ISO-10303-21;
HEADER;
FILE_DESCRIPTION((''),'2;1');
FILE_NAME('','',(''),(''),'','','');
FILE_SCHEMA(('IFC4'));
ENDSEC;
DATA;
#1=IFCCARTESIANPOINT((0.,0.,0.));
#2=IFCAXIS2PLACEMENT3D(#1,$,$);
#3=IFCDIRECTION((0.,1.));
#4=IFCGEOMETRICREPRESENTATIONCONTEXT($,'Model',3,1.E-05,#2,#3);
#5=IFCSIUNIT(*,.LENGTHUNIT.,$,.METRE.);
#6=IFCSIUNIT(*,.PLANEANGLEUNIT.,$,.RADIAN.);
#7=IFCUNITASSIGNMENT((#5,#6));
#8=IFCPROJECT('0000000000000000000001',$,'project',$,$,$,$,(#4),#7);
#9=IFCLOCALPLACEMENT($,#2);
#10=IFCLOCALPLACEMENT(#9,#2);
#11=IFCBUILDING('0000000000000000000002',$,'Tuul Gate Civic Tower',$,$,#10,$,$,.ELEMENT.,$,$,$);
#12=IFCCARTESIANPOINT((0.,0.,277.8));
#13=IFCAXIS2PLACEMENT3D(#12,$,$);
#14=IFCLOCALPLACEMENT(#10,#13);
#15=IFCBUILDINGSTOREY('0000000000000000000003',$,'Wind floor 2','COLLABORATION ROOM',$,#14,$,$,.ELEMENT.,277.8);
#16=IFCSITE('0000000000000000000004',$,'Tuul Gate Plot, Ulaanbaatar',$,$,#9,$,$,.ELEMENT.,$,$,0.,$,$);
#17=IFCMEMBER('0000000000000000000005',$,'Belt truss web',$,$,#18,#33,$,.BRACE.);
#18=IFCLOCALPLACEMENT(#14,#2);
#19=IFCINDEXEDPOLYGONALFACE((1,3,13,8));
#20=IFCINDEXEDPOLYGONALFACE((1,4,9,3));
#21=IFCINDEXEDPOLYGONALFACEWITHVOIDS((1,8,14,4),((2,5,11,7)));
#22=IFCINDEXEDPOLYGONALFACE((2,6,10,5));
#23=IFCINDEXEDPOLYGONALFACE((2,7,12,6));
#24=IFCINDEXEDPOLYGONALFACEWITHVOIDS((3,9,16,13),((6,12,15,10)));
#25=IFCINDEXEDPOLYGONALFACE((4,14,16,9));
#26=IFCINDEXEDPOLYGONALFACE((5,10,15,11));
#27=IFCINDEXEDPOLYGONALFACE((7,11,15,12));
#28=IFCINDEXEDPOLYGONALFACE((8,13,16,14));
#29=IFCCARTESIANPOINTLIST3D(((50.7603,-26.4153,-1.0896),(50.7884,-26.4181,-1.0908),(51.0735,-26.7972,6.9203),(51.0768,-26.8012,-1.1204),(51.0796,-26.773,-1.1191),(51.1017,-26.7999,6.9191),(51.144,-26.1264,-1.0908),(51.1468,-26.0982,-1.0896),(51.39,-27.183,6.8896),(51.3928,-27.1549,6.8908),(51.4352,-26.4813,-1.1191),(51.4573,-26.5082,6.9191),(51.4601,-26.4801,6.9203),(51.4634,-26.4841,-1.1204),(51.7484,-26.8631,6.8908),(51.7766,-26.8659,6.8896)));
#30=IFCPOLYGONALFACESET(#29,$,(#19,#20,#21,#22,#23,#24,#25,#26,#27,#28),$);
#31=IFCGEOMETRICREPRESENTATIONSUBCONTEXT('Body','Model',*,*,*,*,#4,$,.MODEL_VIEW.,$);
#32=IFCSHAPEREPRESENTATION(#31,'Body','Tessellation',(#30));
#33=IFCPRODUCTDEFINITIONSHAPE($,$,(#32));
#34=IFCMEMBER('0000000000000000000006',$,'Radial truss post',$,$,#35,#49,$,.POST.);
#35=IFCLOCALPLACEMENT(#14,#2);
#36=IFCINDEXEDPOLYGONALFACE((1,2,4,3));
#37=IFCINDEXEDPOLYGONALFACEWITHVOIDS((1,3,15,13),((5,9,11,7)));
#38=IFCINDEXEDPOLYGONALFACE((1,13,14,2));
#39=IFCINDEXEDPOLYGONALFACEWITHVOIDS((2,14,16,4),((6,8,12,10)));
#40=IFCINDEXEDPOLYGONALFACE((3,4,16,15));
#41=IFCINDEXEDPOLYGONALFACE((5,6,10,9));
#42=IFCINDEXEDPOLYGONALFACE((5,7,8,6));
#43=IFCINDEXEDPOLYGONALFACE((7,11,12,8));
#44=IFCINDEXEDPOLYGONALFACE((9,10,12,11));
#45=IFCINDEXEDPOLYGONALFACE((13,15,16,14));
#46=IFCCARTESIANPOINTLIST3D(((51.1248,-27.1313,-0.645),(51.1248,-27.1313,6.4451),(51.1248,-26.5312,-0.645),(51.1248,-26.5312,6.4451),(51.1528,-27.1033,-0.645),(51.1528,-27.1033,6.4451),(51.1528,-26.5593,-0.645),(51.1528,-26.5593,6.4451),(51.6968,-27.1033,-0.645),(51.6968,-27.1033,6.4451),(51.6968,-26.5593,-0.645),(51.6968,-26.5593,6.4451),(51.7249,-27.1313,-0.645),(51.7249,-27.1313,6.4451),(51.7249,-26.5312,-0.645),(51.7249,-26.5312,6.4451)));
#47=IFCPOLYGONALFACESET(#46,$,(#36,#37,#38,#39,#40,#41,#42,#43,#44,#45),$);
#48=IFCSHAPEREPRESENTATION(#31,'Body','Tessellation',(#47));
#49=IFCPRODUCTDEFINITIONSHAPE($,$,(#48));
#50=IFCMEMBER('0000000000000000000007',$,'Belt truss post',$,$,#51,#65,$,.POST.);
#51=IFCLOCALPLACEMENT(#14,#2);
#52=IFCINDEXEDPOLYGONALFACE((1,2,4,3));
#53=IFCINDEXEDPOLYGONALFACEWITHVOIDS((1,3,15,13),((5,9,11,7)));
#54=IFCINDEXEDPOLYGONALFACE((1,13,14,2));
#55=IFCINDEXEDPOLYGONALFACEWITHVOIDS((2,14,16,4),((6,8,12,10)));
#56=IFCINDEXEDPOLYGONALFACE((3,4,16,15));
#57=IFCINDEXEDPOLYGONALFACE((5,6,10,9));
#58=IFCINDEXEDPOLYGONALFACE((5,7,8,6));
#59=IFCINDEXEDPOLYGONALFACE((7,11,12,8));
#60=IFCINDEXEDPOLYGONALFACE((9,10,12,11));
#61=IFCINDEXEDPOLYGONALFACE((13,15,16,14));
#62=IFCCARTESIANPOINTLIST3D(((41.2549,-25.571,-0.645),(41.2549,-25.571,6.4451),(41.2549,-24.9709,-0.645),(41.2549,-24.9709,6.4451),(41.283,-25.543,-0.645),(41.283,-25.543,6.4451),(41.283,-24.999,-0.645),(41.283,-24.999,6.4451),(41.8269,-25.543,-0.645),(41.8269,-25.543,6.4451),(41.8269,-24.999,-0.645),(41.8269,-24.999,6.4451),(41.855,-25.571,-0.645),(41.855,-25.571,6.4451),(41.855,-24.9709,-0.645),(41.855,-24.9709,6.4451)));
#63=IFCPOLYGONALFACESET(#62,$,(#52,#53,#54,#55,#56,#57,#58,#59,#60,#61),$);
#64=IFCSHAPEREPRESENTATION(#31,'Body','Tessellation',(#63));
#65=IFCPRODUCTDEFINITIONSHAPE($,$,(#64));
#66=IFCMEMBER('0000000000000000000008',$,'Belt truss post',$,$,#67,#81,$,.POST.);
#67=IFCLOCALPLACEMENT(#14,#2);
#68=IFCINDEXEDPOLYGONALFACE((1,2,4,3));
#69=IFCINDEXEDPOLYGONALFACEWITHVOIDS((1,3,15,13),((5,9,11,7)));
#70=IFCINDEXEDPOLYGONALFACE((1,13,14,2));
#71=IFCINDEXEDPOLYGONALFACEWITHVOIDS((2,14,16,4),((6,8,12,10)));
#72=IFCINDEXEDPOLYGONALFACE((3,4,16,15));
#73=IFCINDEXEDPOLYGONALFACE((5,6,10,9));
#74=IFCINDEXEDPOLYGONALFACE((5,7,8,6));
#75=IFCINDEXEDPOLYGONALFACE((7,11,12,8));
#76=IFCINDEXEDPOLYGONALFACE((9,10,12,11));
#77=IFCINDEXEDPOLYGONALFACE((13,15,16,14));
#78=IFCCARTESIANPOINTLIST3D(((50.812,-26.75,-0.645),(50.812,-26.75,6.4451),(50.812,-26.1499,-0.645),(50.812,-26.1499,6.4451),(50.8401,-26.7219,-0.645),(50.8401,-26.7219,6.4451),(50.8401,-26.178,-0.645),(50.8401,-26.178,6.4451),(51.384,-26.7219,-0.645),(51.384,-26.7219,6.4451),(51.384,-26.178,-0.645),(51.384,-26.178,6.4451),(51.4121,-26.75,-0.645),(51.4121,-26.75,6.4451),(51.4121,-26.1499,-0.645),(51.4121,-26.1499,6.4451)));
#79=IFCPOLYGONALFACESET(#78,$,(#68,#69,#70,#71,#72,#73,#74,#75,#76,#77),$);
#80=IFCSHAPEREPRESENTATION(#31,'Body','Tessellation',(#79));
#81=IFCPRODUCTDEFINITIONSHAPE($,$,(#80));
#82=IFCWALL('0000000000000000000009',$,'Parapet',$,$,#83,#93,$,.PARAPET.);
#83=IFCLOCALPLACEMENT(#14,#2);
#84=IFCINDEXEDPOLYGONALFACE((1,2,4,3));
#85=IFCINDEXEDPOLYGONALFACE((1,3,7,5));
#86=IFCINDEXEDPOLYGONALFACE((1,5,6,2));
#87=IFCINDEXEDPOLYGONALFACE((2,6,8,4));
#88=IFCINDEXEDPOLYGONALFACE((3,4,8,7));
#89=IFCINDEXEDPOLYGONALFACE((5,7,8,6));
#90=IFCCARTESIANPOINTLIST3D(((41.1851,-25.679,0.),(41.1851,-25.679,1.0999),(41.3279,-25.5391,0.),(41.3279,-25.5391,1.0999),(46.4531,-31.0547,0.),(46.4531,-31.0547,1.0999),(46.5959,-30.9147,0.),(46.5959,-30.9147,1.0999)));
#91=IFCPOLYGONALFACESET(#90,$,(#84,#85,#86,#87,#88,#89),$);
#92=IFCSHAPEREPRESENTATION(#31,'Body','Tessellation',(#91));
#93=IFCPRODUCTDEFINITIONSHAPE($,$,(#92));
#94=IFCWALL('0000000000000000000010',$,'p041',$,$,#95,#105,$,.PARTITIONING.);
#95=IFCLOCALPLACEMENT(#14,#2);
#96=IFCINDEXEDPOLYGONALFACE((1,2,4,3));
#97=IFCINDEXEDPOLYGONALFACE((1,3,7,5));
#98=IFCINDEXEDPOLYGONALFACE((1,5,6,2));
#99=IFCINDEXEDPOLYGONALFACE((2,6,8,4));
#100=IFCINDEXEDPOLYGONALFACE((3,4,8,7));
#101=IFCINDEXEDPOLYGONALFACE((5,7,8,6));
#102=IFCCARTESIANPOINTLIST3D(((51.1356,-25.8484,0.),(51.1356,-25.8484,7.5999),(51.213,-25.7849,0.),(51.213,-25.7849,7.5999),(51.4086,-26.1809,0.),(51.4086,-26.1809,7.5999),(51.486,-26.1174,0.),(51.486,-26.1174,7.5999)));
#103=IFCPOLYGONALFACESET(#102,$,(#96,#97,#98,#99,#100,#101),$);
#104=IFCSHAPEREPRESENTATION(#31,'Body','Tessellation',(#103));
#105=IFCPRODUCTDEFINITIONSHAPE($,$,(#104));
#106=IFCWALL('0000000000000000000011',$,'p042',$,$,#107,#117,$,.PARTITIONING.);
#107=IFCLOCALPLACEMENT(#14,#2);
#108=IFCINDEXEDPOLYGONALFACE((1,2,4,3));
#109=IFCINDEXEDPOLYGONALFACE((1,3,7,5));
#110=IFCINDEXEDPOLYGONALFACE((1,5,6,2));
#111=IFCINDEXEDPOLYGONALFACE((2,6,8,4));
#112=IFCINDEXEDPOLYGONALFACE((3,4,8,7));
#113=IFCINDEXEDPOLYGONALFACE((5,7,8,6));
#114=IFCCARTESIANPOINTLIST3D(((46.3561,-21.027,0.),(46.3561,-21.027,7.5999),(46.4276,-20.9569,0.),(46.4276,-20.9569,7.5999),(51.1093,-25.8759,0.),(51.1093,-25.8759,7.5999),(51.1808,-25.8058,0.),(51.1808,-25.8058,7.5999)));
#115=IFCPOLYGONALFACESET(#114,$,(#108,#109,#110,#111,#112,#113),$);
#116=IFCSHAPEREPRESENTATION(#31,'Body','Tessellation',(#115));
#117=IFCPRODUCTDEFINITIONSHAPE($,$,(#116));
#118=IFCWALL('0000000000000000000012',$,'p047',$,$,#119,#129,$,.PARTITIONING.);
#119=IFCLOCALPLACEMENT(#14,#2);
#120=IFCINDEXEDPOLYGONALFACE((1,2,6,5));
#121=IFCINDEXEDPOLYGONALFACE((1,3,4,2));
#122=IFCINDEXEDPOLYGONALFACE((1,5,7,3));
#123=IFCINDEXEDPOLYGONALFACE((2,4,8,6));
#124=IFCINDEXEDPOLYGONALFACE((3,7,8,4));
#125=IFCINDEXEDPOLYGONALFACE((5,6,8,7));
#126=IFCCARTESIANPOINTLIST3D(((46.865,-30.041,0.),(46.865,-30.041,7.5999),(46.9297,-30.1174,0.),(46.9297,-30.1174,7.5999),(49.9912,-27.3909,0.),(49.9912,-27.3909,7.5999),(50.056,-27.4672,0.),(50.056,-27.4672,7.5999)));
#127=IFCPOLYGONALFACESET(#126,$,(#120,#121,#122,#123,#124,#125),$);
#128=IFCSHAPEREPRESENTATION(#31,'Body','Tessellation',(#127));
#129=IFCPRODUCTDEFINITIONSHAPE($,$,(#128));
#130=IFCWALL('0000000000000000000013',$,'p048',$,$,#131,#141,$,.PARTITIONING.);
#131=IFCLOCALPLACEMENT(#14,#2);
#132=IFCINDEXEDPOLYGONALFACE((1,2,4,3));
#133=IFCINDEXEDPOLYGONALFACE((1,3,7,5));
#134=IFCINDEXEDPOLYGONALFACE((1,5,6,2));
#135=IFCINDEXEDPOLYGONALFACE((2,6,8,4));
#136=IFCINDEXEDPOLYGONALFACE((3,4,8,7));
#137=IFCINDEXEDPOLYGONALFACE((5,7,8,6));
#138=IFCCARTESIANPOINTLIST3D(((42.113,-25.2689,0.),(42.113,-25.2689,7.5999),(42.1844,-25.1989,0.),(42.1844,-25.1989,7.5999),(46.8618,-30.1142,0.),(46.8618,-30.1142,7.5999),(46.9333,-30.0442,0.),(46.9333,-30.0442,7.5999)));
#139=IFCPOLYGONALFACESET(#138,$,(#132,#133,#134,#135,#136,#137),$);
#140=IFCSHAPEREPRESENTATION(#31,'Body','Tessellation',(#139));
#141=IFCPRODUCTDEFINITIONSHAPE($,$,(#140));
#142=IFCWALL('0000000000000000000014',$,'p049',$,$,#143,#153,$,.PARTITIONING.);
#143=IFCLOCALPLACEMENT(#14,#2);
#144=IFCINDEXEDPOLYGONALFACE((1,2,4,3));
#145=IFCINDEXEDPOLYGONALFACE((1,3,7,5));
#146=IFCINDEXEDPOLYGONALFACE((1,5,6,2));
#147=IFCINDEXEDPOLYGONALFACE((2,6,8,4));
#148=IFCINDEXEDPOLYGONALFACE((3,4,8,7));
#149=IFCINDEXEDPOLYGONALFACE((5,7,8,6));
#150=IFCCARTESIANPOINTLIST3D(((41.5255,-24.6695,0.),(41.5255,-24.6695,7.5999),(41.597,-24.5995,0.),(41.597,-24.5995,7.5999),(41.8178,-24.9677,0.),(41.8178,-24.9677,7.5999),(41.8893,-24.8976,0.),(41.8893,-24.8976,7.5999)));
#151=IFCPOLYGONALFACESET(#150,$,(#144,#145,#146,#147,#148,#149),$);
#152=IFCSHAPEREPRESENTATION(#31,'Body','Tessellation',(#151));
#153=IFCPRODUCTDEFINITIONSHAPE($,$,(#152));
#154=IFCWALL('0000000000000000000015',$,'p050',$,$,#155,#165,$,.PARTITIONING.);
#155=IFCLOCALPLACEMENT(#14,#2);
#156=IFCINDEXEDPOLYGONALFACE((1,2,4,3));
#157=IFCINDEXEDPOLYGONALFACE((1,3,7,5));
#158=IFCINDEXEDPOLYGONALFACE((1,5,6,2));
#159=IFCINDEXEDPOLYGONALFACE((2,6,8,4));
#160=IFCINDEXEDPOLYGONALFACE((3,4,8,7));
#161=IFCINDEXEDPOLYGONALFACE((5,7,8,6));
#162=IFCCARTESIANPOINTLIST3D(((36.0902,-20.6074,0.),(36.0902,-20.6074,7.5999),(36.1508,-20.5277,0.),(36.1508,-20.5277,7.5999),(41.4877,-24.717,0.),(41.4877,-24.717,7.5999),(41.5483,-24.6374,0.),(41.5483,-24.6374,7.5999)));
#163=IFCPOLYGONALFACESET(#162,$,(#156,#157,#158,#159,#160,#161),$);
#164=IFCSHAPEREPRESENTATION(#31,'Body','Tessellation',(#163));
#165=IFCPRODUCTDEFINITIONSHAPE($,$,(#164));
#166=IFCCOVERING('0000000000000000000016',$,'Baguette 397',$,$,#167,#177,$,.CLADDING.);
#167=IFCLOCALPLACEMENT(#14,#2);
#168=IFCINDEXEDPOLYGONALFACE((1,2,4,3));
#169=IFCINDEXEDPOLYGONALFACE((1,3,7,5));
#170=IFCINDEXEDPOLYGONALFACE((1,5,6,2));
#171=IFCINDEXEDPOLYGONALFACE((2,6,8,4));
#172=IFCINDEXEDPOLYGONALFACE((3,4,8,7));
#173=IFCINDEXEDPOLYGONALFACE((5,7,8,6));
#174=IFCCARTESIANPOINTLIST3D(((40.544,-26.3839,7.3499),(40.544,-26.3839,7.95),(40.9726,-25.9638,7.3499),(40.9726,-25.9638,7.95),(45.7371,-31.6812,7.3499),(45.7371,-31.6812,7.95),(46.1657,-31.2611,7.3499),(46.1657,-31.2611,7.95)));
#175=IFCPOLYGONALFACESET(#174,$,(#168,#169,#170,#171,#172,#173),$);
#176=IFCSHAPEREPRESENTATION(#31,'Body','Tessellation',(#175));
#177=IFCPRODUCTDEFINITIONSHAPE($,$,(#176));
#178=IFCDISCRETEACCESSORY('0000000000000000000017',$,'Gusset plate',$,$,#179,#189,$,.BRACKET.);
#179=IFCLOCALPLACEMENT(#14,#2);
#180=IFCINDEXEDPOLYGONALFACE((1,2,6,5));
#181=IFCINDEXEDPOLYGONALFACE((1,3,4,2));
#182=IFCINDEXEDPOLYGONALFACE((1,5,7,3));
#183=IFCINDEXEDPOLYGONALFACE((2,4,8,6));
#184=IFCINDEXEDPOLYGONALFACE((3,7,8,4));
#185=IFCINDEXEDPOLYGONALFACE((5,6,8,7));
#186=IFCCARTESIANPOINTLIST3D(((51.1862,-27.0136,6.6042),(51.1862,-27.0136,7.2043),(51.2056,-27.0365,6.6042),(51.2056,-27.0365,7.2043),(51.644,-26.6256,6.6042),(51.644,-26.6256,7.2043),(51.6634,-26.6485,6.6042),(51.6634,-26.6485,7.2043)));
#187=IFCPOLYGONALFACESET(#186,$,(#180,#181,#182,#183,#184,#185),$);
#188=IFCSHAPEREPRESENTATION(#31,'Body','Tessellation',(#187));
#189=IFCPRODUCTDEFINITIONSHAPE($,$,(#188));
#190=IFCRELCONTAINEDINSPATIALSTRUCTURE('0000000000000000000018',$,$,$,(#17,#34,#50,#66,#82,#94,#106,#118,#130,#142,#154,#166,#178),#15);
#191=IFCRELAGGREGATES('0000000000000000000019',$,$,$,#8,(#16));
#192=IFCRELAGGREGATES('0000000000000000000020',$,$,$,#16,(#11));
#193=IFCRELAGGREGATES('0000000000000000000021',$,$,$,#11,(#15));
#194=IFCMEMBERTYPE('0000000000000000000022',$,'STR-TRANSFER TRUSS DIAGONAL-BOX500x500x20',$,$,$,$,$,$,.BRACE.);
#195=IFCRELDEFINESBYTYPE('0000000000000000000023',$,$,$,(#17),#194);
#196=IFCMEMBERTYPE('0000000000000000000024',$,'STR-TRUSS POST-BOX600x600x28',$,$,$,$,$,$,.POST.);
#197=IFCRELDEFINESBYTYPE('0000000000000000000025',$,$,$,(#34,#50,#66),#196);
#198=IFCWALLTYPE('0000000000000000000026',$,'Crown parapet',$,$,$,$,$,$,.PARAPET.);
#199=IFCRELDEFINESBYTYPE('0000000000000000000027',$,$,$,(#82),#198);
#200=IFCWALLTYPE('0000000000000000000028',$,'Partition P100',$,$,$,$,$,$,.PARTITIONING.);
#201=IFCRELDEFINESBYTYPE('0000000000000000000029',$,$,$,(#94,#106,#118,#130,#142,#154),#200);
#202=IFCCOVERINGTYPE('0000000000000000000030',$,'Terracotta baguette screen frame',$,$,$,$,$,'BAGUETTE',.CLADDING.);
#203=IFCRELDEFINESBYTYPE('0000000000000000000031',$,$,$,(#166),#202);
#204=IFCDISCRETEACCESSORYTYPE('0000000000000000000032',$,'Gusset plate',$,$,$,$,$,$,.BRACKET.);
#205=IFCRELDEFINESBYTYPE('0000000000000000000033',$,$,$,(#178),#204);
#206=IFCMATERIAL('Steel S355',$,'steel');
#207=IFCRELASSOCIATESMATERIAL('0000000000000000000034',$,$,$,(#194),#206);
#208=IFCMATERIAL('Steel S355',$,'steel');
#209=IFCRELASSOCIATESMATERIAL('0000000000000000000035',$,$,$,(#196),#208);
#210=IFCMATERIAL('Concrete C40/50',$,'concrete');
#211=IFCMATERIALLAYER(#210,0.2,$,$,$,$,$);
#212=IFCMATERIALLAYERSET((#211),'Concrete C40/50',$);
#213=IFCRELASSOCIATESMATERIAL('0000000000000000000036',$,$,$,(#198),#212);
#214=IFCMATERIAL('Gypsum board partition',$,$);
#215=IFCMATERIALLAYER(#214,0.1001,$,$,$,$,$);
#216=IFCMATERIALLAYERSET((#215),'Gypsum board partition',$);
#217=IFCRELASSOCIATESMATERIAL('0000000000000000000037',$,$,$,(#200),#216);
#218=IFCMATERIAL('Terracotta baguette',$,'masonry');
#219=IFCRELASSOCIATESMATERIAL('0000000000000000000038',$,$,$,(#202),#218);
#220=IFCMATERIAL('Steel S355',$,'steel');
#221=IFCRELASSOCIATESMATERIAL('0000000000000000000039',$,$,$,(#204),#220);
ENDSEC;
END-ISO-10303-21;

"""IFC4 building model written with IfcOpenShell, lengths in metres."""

from ifc_helpers import new_model, si_unit, direction, frame, frame_2d, origin, origin_2d, place, context, subcontext, project, spatial, rectangle, hollow_rectangle, extrude, material, layer, layer_set, material_profile, profile_set, type_object, element, save


model = new_model("IFC4")

# Units and contexts
model_context = context("Model", 3, precision=1e-05, world=origin(), true_north=direction((0.0, 1.0)))
body_context = subcontext(model_context, "Body", "Model", "MODEL_VIEW")
ifc_project = project(units=[si_unit("LENGTHUNIT", "METRE"), si_unit("PLANEANGLEUNIT", "RADIAN")], contexts=[model_context])

# Site, building, storey
site_placement = place(None, origin())
site = spatial("IfcSite", under=ifc_project, at=site_placement, Name="Tuul Gate Plot, Ulaanbaatar", CompositionType="ELEMENT", RefElevation=0.0)
building_placement = place(site_placement, origin())
building = spatial("IfcBuilding", under=site, at=building_placement, Name="Tuul Gate Civic Tower", CompositionType="ELEMENT")
storey_placement = place(building_placement, frame((0.0, 0.0, 277.8)))
storey = spatial("IfcBuildingStorey", under=building, at=storey_placement, Name="Wind floor 2", Description="COLLABORATION ROOM", CompositionType="ELEMENT", Elevation=277.8)

# Members
ifc_material_1 = material(Name="Steel S355", Category="steel")
ifc_material_profile_1 = material_profile(ifc_material_1, hollow_rectangle(XDim=0.5, YDim=0.5, WallThickness=0.02, at=origin_2d()), Name="BOX500x500x20")
ifc_profile_set_1 = profile_set([ifc_material_profile_1], Name="Steel S355")
member_type_1 = type_object("IfcMemberType", Name="STR-TRANSFER TRUSS DIAGONAL-BOX500x500x20", PredefinedType="BRACE", material=ifc_profile_set_1)
member_1_placement = place(storey_placement, frame((51.1118, -26.4497, -1.105), z_axis=(0.039031, -0.047579, 0.998105), x_axis=(0.773142, 0.634233, 0.0)))
element("IfcMember", 1, at=member_1_placement, inside=storey, type_object=member_type_1, Name="Belt truss web", PredefinedType="BRACE", context=body_context, shape_type="SweptSolid", body=[
    extrude(hollow_rectangle(XDim=0.5, YDim=0.5, WallThickness=0.02, at=origin_2d()), origin(), (0.0, 0.0, 1.0), 8.0251),
])
ifc_material_2 = material(Name="Steel S355", Category="steel")
ifc_material_profile_2 = material_profile(ifc_material_2, hollow_rectangle(XDim=0.6001, YDim=0.6001, WallThickness=0.0281, at=origin_2d()), Name="BOX600x600x28")
ifc_profile_set_2 = profile_set([ifc_material_profile_2], Name="Steel S355")
member_type_2 = type_object("IfcMemberType", Name="STR-TRUSS POST-BOX600x600x28", PredefinedType="POST", material=ifc_profile_set_2)
for number, where, z_axis, x_axis, name in (
    (2, (51.4248, -26.8313, -0.645), (0.0, 0.0, 1.0), (1.0, 0.0, 0.0), "Radial truss post"),
    (3, (41.5549, -25.271, -0.645), (0.0, 0.0, 1.0), (1.0, 0.0, 0.0), "Belt truss post"),
    (4, (51.1121, -26.45, -0.645), (0.0, 0.0, 1.0), (1.0, 0.0, 0.0), "Belt truss post"),
):
    element("IfcMember", number, at=place(storey_placement, frame(where, z_axis=z_axis, x_axis=x_axis)), inside=storey, type_object=member_type_2, Name=name, PredefinedType="POST", context=body_context, shape_type="SweptSolid", body=[
        extrude(hollow_rectangle(XDim=0.6001, YDim=0.6001, WallThickness=0.0281, at=origin_2d()), origin(), (0.0, 0.0, 1.0), 7.0901),
    ])

# Walls
ifc_material_3 = material(Name="Concrete C40/50", Category="concrete")
ifc_layer_1 = layer(ifc_material_3, 0.2)
ifc_layer_set_1 = layer_set([ifc_layer_1], Name="Concrete C40/50")
wall_type_1 = type_object("IfcWallType", Name="Crown parapet", PredefinedType="PARAPET", material=ifc_layer_set_1)
wall_1_placement = place(storey_placement, frame((41.2566, -25.6091, 0.0), z_axis=(0.0, 0.0, 1.0), x_axis=(0.699918, -0.714223, 0.0)))
element("IfcWall", 5, at=wall_1_placement, inside=storey, type_object=wall_type_1, Name="Parapet", PredefinedType="PARAPET", context=body_context, shape_type="SweptSolid", body=[
    extrude(rectangle(XDim=7.5266, YDim=0.2, at=frame_2d((3.7632, 0.0))), origin(), (0.0, 0.0, 1.0), 1.0999),
])
ifc_material_4 = material(Name="Gypsum board partition")
ifc_layer_2 = layer(ifc_material_4, 0.1001)
ifc_layer_set_2 = layer_set([ifc_layer_2], Name="Gypsum board partition")
wall_type_2 = type_object("IfcWallType", Name="Partition P100", PredefinedType="PARTITIONING", material=ifc_layer_set_2)
wall_2_placement = place(storey_placement, frame((51.4473, -26.1492, 0.0), z_axis=(0.0, 0.0, 1.0), x_axis=(-0.634473, 0.772945, 0.0)))
element("IfcWall", 6, at=wall_2_placement, inside=storey, type_object=wall_type_2, Name="p041", PredefinedType="PARTITIONING", context=body_context, shape_type="SweptSolid", body=[
    extrude(rectangle(XDim=0.4302, YDim=0.1001, at=frame_2d((0.2151, 0.0))), origin(), (0.0, 0.0, 1.0), 7.5999),
])
wall_3_placement = place(storey_placement, frame((51.145, -25.8408, 0.0), z_axis=(0.0, 0.0, 1.0), x_axis=(-0.700024, 0.714119, 0.0)))
element("IfcWall", 7, at=wall_3_placement, inside=storey, type_object=wall_type_2, Name="p042", PredefinedType="PARTITIONING", context=body_context, shape_type="SweptSolid", body=[
    extrude(rectangle(XDim=6.79, YDim=0.1001, at=frame_2d((3.395, 0.0))), origin(), (0.0, 0.0, 1.0), 7.5999),
])
wall_4_placement = place(storey_placement, frame((50.0237, -27.429, 0.0), z_axis=(0.0, 0.0, 1.0), x_axis=(-0.762798, -0.646636, 0.0)))
element("IfcWall", 8, at=wall_4_placement, inside=storey, type_object=wall_type_2, Name="p047", PredefinedType="PARTITIONING", context=body_context, shape_type="SweptSolid", body=[
    extrude(rectangle(XDim=4.0984, YDim=0.1001, at=frame_2d((2.0493, 0.0))), origin(), (0.0, 0.0, 1.0), 7.5999),
])
wall_5_placement = place(storey_placement, frame((46.8975, -30.0791, 0.0), z_axis=(0.0, 0.0, 1.0), x_axis=(-0.699964, 0.714178, 0.0)))
element("IfcWall", 9, at=wall_5_placement, inside=storey, type_object=wall_type_2, Name="p048", PredefinedType="PARTITIONING", context=body_context, shape_type="SweptSolid", body=[
    extrude(rectangle(XDim=6.7844, YDim=0.1001, at=frame_2d((3.3921, 0.0))), origin(), (0.0, 0.0, 1.0), 7.5999),
])
wall_6_placement = place(storey_placement, frame((41.8535, -24.9326, 0.0), z_axis=(0.0, 0.0, 1.0), x_axis=(-0.700054, 0.71409, 0.0)))
element("IfcWall", 10, at=wall_6_placement, inside=storey, type_object=wall_type_2, Name="p049", PredefinedType="PARTITIONING", context=body_context, shape_type="SweptSolid", body=[
    extrude(rectangle(XDim=0.4175, YDim=0.1001, at=frame_2d((0.2087, 0.0))), origin(), (0.0, 0.0, 1.0), 7.5999),
])
wall_7_placement = place(storey_placement, frame((41.5181, -24.6772, 0.0), z_axis=(0.0, 0.0, 1.0), x_axis=(-0.795626, 0.605788, 0.0)))
element("IfcWall", 11, at=wall_7_placement, inside=storey, type_object=wall_type_2, Name="p050", PredefinedType="PARTITIONING", context=body_context, shape_type="SweptSolid", body=[
    extrude(rectangle(XDim=6.7839, YDim=0.1001, at=frame_2d((3.3921, 0.0))), origin(), (0.0, 0.0, 1.0), 7.5999),
])

# Covering
ifc_material_5 = material(Name="Terracotta baguette", Category="masonry")
ifc_material_profile_3 = material_profile(ifc_material_5, rectangle(XDim=0.6001, YDim=0.6001, at=origin_2d()), Name="Terracotta baguette screen frame")
ifc_profile_set_3 = profile_set([ifc_material_profile_3], Name="Terracotta baguette")
covering_type = type_object("IfcCoveringType", Name="Terracotta baguette screen frame", ElementType="BAGUETTE", PredefinedType="CLADDING", material=ifc_profile_set_3)
covering_placement = place(storey_placement, frame((40.7583, -26.1738, 7.6499), z_axis=(0.700045, -0.714098, 0.0), x_axis=(0.714098, 0.700045, 0.0)))
element("IfcCovering", 12, at=covering_placement, inside=storey, type_object=covering_type, Name="Baguette 397", PredefinedType="CLADDING", context=body_context, shape_type="SweptSolid", body=[
    extrude(rectangle(XDim=0.6001, YDim=0.6001, at=origin_2d()), origin(), (0.0, 0.0, 1.0), 7.4182),
])

# Discrete accessory
ifc_material_6 = material(Name="Steel S355", Category="steel")
discrete_accessory_type = type_object("IfcDiscreteAccessoryType", Name="Gusset plate", PredefinedType="BRACKET", material=ifc_material_6)
discrete_accessory_placement = place(storey_placement, frame((51.4248, -26.8311, 6.6042), z_axis=(0.0, 0.0, 1.0), x_axis=(0.762825, 0.646605, 0.0)))
element("IfcDiscreteAccessory", 13, at=discrete_accessory_placement, inside=storey, type_object=discrete_accessory_type, Name="Gusset plate", PredefinedType="BRACKET", context=body_context, shape_type="SweptSolid", body=[
    extrude(rectangle(XDim=0.6001, YDim=0.03, at=origin_2d()), origin(), (0.0, 0.0, 1.0), 0.6001),
])

save(model, "model.ifc")
